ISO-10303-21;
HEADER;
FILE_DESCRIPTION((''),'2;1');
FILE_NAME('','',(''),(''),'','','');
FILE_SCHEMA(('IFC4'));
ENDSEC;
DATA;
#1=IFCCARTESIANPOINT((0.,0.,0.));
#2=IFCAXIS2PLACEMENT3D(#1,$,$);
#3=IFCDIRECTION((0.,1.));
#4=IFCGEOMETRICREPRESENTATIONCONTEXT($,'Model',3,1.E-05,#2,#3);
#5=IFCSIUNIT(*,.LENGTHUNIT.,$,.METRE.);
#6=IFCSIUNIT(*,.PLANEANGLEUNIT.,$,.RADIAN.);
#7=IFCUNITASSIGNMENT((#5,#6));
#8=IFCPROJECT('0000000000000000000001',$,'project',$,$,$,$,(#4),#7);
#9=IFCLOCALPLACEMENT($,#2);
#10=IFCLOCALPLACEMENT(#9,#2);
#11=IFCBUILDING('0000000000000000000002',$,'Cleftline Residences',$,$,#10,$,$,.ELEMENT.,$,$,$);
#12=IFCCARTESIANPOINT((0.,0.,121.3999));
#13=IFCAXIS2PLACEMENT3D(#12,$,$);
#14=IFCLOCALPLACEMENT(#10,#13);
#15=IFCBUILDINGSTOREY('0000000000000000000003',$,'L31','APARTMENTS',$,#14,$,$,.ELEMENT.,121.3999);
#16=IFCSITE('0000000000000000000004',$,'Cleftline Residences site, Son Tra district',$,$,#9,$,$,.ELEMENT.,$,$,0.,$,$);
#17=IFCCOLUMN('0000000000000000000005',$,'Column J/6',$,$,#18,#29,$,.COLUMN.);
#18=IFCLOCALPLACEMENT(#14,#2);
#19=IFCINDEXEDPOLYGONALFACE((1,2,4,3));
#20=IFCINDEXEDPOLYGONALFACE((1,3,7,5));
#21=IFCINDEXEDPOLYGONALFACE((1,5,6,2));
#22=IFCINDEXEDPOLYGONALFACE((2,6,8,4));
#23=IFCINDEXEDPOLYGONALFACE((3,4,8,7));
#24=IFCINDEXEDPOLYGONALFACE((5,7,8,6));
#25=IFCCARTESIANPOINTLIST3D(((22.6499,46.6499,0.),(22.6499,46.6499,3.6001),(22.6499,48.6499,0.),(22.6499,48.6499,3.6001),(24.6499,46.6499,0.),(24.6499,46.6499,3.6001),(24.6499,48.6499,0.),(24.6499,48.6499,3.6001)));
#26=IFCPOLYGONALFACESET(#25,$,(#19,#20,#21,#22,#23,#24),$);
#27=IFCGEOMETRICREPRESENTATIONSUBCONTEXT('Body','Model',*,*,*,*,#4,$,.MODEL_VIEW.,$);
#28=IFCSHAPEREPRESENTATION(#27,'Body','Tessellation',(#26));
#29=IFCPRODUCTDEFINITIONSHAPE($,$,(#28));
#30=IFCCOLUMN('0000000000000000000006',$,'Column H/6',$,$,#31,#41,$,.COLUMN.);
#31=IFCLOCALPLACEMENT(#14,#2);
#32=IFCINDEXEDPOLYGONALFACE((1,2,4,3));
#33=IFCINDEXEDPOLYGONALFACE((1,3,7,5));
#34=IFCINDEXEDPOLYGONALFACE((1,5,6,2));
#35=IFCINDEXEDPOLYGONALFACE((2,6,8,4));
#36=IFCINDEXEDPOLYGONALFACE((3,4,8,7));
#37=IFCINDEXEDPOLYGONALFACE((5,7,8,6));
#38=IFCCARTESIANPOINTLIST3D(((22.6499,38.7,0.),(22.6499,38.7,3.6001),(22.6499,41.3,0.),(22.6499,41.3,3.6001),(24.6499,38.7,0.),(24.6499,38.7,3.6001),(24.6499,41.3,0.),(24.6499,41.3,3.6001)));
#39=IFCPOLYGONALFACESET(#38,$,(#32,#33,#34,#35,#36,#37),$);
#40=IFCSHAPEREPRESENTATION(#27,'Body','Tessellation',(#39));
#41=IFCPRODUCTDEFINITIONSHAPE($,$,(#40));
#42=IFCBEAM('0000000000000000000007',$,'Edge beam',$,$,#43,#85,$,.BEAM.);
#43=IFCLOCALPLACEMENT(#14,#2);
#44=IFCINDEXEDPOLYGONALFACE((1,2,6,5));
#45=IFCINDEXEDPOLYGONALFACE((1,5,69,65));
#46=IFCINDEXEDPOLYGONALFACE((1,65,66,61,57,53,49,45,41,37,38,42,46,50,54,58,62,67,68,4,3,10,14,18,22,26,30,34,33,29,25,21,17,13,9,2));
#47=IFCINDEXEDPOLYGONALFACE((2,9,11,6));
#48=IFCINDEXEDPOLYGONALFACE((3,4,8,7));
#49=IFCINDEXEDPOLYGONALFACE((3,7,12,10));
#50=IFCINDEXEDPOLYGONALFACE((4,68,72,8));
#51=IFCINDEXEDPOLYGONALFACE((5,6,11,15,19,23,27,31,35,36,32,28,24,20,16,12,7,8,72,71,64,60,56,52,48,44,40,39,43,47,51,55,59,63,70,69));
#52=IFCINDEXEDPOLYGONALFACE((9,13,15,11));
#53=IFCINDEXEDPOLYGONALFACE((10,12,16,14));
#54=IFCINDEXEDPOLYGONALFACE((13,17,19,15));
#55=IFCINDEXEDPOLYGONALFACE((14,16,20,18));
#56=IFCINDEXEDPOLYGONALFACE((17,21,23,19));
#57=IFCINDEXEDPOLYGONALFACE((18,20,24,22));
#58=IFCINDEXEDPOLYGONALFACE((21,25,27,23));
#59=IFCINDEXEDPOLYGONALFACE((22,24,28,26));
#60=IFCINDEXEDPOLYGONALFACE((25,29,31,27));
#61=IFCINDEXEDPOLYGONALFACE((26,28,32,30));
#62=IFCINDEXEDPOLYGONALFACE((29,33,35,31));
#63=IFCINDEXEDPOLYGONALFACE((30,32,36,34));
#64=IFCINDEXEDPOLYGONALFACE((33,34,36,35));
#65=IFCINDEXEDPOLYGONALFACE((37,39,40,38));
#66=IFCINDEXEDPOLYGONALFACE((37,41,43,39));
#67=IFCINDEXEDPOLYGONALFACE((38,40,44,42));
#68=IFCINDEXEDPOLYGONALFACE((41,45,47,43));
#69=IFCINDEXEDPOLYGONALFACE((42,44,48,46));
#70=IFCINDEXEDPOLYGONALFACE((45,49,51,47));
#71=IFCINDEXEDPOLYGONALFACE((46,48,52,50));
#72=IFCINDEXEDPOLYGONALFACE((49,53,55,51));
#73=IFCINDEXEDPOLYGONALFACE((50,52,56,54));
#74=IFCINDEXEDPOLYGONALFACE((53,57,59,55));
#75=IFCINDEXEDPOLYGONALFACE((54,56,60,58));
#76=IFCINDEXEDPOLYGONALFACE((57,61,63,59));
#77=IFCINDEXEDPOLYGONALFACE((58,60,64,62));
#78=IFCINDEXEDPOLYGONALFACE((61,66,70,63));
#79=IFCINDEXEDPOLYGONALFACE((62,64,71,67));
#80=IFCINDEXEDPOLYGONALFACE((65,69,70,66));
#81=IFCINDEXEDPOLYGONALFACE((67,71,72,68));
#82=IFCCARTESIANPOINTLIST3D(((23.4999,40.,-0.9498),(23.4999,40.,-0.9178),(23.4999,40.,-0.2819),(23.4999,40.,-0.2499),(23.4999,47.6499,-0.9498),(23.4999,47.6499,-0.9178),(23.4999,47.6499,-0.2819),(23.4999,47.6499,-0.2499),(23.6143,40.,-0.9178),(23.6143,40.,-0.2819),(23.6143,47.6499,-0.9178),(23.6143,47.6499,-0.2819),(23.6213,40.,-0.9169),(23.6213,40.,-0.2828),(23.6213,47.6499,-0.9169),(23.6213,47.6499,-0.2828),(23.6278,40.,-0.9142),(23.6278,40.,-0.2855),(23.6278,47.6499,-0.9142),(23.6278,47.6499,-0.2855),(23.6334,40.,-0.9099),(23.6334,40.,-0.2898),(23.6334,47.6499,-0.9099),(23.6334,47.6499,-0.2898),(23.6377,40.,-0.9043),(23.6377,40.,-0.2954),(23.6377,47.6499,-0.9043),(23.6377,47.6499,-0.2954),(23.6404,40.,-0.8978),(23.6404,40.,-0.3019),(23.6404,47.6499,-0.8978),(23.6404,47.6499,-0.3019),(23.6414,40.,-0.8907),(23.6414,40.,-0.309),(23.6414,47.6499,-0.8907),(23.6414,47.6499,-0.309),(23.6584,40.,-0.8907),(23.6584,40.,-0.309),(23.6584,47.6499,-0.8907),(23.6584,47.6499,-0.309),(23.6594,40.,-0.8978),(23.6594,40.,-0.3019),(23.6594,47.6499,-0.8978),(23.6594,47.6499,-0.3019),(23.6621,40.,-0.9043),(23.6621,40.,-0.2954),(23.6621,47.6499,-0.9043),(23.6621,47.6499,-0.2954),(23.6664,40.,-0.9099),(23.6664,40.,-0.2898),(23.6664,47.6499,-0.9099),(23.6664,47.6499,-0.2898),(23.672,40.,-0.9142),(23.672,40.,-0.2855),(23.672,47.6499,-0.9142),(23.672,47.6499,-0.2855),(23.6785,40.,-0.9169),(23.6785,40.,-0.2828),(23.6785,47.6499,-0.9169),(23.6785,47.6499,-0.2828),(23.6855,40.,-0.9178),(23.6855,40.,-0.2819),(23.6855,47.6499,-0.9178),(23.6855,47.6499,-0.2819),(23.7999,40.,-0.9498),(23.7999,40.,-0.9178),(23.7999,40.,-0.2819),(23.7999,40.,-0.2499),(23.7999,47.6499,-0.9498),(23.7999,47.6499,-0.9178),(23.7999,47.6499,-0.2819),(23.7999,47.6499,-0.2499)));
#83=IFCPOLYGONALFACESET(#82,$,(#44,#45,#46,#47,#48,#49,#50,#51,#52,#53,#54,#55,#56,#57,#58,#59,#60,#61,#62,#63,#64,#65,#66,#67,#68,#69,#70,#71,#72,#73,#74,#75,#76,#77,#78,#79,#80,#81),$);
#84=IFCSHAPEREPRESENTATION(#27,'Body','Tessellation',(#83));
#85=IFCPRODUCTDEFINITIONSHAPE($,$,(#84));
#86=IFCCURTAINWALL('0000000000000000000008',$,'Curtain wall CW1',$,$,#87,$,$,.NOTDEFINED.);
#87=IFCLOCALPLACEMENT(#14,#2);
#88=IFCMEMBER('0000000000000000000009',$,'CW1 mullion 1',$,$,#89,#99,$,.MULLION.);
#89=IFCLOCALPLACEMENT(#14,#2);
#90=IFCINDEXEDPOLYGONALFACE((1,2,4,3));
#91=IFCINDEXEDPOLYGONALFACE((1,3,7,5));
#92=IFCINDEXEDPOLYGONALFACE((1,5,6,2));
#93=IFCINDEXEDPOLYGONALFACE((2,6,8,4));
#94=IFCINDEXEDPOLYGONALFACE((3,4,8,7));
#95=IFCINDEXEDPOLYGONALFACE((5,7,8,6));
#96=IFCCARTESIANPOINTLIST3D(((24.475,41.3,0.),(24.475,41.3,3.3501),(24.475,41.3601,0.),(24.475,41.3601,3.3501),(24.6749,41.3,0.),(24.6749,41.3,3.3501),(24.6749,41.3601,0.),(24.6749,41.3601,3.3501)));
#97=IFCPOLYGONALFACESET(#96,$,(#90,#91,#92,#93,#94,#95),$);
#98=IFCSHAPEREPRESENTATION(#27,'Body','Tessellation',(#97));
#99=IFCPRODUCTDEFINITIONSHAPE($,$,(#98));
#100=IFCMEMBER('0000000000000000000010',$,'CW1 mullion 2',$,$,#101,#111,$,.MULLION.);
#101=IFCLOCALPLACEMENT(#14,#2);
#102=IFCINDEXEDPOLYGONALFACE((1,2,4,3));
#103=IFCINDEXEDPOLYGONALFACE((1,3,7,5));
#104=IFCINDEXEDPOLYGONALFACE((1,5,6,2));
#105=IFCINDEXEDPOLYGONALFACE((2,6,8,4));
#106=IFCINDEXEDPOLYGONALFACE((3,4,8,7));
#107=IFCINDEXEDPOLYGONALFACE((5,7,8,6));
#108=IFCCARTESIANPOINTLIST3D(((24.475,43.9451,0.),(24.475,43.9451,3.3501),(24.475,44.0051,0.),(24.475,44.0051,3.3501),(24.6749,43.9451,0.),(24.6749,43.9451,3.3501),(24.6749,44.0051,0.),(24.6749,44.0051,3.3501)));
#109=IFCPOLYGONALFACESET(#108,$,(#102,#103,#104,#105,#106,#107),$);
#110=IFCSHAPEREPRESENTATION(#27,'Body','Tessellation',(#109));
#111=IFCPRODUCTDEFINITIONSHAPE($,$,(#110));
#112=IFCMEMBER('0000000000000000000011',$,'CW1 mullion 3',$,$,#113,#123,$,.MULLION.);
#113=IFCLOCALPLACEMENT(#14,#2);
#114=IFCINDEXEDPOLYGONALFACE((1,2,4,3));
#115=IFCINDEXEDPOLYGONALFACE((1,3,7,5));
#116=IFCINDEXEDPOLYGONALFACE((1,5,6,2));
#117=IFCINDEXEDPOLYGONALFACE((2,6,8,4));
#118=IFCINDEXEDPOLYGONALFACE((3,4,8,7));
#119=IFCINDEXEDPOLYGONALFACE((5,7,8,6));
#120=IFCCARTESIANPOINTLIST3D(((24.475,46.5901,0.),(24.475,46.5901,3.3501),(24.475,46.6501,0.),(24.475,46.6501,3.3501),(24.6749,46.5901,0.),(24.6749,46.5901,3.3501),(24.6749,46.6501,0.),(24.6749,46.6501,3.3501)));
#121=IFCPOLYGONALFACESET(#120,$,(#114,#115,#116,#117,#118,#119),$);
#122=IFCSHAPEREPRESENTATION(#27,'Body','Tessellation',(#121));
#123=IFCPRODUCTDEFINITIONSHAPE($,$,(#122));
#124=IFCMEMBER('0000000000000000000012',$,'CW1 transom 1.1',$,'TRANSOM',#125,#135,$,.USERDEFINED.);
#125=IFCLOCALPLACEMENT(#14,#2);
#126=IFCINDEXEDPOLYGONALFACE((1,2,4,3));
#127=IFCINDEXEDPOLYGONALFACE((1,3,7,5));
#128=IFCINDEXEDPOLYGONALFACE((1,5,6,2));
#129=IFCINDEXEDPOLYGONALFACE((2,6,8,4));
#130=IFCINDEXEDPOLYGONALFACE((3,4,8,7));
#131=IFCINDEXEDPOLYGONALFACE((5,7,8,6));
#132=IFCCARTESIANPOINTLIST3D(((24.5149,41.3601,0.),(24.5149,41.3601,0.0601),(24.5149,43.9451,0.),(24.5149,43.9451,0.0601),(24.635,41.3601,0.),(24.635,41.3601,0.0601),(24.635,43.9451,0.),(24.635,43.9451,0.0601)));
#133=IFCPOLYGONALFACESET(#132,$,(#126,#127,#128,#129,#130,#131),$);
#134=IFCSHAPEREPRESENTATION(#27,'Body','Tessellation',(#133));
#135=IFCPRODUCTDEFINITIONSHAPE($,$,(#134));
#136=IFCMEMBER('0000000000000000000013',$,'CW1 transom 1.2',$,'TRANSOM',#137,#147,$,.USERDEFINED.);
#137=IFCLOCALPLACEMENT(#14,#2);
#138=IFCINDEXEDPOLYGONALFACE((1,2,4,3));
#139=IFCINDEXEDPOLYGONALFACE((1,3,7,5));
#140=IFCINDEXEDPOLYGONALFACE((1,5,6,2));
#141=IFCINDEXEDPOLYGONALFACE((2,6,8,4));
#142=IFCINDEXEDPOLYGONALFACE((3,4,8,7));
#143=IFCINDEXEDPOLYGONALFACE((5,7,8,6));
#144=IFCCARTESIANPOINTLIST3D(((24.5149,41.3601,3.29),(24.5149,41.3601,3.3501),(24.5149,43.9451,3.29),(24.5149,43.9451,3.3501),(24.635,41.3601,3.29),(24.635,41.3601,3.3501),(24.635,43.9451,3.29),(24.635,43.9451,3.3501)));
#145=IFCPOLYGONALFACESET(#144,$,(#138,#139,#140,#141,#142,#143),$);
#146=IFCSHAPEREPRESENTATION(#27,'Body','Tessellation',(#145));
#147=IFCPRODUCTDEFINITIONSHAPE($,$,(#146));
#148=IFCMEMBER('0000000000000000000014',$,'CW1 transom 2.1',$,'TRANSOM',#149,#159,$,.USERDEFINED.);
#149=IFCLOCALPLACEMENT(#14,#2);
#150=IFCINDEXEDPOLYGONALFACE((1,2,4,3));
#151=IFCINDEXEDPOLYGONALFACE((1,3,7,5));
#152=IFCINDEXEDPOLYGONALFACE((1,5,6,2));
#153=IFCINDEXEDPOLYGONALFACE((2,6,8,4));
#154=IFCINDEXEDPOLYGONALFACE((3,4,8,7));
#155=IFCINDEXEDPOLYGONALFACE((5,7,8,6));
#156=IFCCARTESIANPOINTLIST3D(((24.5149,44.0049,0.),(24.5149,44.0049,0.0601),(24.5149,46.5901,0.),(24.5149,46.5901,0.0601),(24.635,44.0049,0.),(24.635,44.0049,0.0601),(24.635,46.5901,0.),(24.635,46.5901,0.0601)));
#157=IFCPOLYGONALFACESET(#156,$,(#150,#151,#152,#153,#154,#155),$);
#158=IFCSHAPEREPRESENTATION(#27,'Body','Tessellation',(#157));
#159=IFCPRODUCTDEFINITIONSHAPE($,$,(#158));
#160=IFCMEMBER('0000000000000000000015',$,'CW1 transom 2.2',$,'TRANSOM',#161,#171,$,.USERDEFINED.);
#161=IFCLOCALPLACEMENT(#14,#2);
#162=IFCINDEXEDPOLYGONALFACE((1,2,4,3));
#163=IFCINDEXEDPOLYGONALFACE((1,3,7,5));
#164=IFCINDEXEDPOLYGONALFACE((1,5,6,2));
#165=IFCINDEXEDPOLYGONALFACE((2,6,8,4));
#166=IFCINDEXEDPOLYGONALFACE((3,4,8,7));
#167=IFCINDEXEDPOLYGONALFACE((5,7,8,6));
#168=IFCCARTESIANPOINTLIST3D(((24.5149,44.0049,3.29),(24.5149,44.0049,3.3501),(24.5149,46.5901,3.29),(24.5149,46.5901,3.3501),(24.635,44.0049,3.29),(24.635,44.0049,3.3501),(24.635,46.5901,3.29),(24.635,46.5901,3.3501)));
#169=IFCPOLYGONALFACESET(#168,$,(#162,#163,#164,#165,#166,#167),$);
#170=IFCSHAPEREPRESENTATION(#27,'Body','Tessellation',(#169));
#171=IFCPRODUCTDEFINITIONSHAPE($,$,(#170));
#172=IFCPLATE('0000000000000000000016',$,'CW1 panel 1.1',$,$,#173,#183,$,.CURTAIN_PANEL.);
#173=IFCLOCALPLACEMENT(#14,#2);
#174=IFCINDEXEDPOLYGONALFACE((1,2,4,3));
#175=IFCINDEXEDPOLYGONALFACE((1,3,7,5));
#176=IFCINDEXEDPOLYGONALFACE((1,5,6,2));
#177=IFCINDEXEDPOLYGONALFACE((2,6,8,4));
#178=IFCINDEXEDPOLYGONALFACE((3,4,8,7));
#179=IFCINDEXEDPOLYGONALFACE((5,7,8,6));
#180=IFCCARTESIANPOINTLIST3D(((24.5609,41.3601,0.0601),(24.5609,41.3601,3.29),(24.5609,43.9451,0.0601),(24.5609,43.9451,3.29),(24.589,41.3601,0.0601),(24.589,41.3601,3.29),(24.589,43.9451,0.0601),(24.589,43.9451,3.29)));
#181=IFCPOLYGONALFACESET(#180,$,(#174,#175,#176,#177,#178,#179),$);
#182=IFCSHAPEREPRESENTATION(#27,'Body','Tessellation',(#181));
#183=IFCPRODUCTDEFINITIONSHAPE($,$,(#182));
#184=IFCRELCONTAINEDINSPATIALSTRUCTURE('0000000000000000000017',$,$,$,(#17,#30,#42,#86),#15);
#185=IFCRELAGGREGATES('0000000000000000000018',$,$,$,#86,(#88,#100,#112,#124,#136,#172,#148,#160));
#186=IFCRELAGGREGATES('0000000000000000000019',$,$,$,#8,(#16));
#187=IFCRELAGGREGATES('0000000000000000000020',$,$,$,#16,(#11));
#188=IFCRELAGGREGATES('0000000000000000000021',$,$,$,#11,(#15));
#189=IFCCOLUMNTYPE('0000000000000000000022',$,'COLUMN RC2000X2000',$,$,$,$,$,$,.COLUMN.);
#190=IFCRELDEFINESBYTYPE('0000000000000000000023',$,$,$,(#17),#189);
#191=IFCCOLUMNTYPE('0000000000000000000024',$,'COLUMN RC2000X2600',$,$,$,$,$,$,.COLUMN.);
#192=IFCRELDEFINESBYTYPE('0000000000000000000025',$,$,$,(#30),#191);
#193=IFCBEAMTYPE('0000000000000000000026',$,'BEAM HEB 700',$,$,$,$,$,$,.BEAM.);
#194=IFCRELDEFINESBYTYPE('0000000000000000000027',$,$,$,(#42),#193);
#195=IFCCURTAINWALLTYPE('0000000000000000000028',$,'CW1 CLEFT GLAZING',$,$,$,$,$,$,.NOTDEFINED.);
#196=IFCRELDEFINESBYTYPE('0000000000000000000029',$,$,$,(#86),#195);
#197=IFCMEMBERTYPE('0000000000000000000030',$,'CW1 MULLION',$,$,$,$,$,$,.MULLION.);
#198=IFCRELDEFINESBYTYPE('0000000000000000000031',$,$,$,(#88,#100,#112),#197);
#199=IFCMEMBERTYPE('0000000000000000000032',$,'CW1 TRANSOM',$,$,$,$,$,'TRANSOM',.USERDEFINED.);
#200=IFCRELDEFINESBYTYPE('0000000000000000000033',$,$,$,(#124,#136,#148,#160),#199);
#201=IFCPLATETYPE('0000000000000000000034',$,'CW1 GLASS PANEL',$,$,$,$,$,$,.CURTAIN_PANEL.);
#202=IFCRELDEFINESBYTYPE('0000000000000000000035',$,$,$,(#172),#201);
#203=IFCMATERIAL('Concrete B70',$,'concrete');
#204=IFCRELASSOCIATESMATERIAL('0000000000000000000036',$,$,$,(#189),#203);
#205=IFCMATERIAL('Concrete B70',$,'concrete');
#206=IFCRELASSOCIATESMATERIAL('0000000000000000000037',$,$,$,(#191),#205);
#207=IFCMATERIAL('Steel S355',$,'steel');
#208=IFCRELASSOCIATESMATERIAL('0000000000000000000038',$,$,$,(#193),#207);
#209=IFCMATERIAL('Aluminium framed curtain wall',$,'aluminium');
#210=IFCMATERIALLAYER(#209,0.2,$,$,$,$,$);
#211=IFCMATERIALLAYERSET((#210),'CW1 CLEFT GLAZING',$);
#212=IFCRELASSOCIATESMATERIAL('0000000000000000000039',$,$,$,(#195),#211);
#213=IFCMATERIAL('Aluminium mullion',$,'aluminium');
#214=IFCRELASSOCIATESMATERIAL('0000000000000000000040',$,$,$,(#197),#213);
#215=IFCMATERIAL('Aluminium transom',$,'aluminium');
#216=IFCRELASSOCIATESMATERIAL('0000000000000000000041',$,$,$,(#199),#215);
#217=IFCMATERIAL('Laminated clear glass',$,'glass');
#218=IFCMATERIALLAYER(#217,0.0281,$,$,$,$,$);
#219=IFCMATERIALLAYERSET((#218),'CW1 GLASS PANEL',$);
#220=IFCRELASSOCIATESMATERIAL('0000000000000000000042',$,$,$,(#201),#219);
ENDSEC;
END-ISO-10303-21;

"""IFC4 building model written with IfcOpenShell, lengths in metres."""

from ifc_helpers import new_model, si_unit, direction, frame, origin, origin_2d, place, context, subcontext, project, spatial, rectangle, i_section, extrude, material, layer, layer_set, material_profile, profile_set, type_object, element, aggregate, save


model = new_model("IFC4")

# Units and contexts
model_context = context("Model", 3, precision=1e-05, world=origin(), true_north=direction((0.0, 1.0)))
body_context = subcontext(model_context, "Body", "Model", "MODEL_VIEW")
ifc_project = project(units=[si_unit("LENGTHUNIT", "METRE"), si_unit("PLANEANGLEUNIT", "RADIAN")], contexts=[model_context])

# Site, building, storey
site_placement = place(None, origin())
site = spatial("IfcSite", under=ifc_project, at=site_placement, Name="Cleftline Residences site, Son Tra district", CompositionType="ELEMENT", RefElevation=0.0)
building_placement = place(site_placement, origin())
building = spatial("IfcBuilding", under=site, at=building_placement, Name="Cleftline Residences", CompositionType="ELEMENT")
storey_placement = place(building_placement, frame((0.0, 0.0, 121.3999)))
storey = spatial("IfcBuildingStorey", under=building, at=storey_placement, Name="L31", Description="APARTMENTS", CompositionType="ELEMENT", Elevation=121.3999)

# Columns
ifc_material_1 = material(Name="Concrete B70", Category="concrete")
ifc_material_profile_1 = material_profile(ifc_material_1, rectangle(XDim=2.0, YDim=2.0, at=origin_2d()))
ifc_profile_set_1 = profile_set([ifc_material_profile_1], Name="Concrete B70")
column_type_1 = type_object("IfcColumnType", Name="COLUMN RC2000X2000", PredefinedType="COLUMN", material=ifc_profile_set_1)
column_1_placement = place(storey_placement, frame((23.6499, 47.6499, 0.0), z_axis=(0.0, 0.0, 1.0), x_axis=(1.0, 0.0, 0.0)))
element("IfcColumn", 1, at=column_1_placement, inside=storey, type_object=column_type_1, Name="Column J/6", PredefinedType="COLUMN", context=body_context, shape_type="SweptSolid", body=[
    extrude(rectangle(XDim=2.0, YDim=2.0, at=origin_2d()), origin(), (0.0, 0.0, 1.0), 3.6001),
])
ifc_material_2 = material(Name="Concrete B70", Category="concrete")
ifc_material_profile_2 = material_profile(ifc_material_2, rectangle(XDim=2.0, YDim=2.6001, at=origin_2d()))
ifc_profile_set_2 = profile_set([ifc_material_profile_2], Name="Concrete B70")
column_type_2 = type_object("IfcColumnType", Name="COLUMN RC2000X2600", PredefinedType="COLUMN", material=ifc_profile_set_2)
column_2_placement = place(storey_placement, frame((23.6499, 40.0, 0.0), z_axis=(0.0, 0.0, 1.0), x_axis=(1.0, 0.0, 0.0)))
element("IfcColumn", 2, at=column_2_placement, inside=storey, type_object=column_type_2, Name="Column H/6", PredefinedType="COLUMN", context=body_context, shape_type="SweptSolid", body=[
    extrude(rectangle(XDim=2.0, YDim=2.6001, at=origin_2d()), origin(), (0.0, 0.0, 1.0), 3.6001),
])

# Beam
ifc_material_3 = material(Name="Steel S355", Category="steel")
ifc_material_profile_3 = material_profile(ifc_material_3, i_section(OverallWidth=0.3, OverallDepth=0.7, WebThickness=0.0171, FlangeThickness=0.032, FilletRadius=0.0271, at=origin_2d()))
ifc_profile_set_3 = profile_set([ifc_material_profile_3], Name="Steel S355")
beam_type = type_object("IfcBeamType", Name="BEAM HEB 700", PredefinedType="BEAM", material=ifc_profile_set_3)
beam_placement = place(storey_placement, frame((23.6499, 47.6499, -0.5999), z_axis=(0.0, -1.0, 0.0), x_axis=(1.0, 0.0, 0.0)))
element("IfcBeam", 3, at=beam_placement, inside=storey, type_object=beam_type, Name="Edge beam", PredefinedType="BEAM", context=body_context, shape_type="SweptSolid", body=[
    extrude(i_section(OverallWidth=0.3, OverallDepth=0.7, WebThickness=0.0171, FlangeThickness=0.032, FilletRadius=0.0271, at=origin_2d()), origin(), (0.0, 0.0, 1.0), 7.6499),
])

# Curtain wall, members, plate
ifc_material_4 = material(Name="Aluminium framed curtain wall", Category="aluminium")
ifc_layer_1 = layer(ifc_material_4, 0.2)
ifc_layer_set_1 = layer_set([ifc_layer_1], Name="CW1 CLEFT GLAZING")
curtain_wall_type = type_object("IfcCurtainWallType", Name="CW1 CLEFT GLAZING", PredefinedType="NOTDEFINED", material=ifc_layer_set_1)
curtain_wall_placement = place(storey_placement, origin())
curtain_wall = element("IfcCurtainWall", 4, at=curtain_wall_placement, inside=storey, type_object=curtain_wall_type, Name="Curtain wall CW1", PredefinedType="NOTDEFINED")
ifc_material_5 = material(Name="Aluminium mullion", Category="aluminium")
ifc_material_profile_4 = material_profile(ifc_material_5, rectangle(XDim=0.2, YDim=0.0601, at=origin_2d()))
ifc_profile_set_4 = profile_set([ifc_material_profile_4], Name="Aluminium mullion")
member_type_1 = type_object("IfcMemberType", Name="CW1 MULLION", PredefinedType="MULLION", material=ifc_profile_set_4)
member_1_placement = place(storey_placement, frame((24.575, 41.3301, 0.0), z_axis=(0.0, 0.0, 1.0), x_axis=(-1.0, 0.0, 0.0)))
member_1 = element("IfcMember", 5, at=member_1_placement, type_object=member_type_1, Name="CW1 mullion 1", PredefinedType="MULLION", context=body_context, shape_type="SweptSolid", body=[
    extrude(rectangle(XDim=0.2, YDim=0.0601, at=origin_2d()), origin(), (0.0, 0.0, 1.0), 3.3501),
])
member_2_placement = place(storey_placement, frame((24.575, 43.9751, 0.0), z_axis=(0.0, 0.0, 1.0), x_axis=(-1.0, 0.0, 0.0)))
member_2 = element("IfcMember", 6, at=member_2_placement, type_object=member_type_1, Name="CW1 mullion 2", PredefinedType="MULLION", context=body_context, shape_type="SweptSolid", body=[
    extrude(rectangle(XDim=0.2, YDim=0.0601, at=origin_2d()), origin(), (0.0, 0.0, 1.0), 3.3501),
])
member_3_placement = place(storey_placement, frame((24.575, 46.6201, 0.0), z_axis=(0.0, 0.0, 1.0), x_axis=(-1.0, 0.0, 0.0)))
member_3 = element("IfcMember", 7, at=member_3_placement, type_object=member_type_1, Name="CW1 mullion 3", PredefinedType="MULLION", context=body_context, shape_type="SweptSolid", body=[
    extrude(rectangle(XDim=0.2, YDim=0.0601, at=origin_2d()), origin(), (0.0, 0.0, 1.0), 3.3501),
])
ifc_material_6 = material(Name="Aluminium transom", Category="aluminium")
ifc_material_profile_5 = material_profile(ifc_material_6, rectangle(XDim=0.1201, YDim=0.0601, at=origin_2d()))
ifc_profile_set_5 = profile_set([ifc_material_profile_5], Name="Aluminium transom")
member_type_2 = type_object("IfcMemberType", Name="CW1 TRANSOM", ElementType="TRANSOM", PredefinedType="USERDEFINED", material=ifc_profile_set_5)
member_4_placement = place(storey_placement, frame((24.575, 41.3601, 0.03), z_axis=(0.0, 1.0, 0.0), x_axis=(-1.0, 0.0, 0.0)))
member_4 = element("IfcMember", 8, at=member_4_placement, type_object=member_type_2, Name="CW1 transom 1.1", ObjectType="TRANSOM", PredefinedType="USERDEFINED", context=body_context, shape_type="SweptSolid", body=[
    extrude(rectangle(XDim=0.1201, YDim=0.0601, at=origin_2d()), origin(), (0.0, 0.0, 1.0), 2.585),
])
member_5_placement = place(storey_placement, frame((24.575, 41.3601, 3.3201), z_axis=(0.0, 1.0, 0.0), x_axis=(-1.0, 0.0, 0.0)))
member_5 = element("IfcMember", 9, at=member_5_placement, type_object=member_type_2, Name="CW1 transom 1.2", ObjectType="TRANSOM", PredefinedType="USERDEFINED", context=body_context, shape_type="SweptSolid", body=[
    extrude(rectangle(XDim=0.1201, YDim=0.0601, at=origin_2d()), origin(), (0.0, 0.0, 1.0), 2.585),
])
member_6_placement = place(storey_placement, frame((24.575, 44.0049, 0.03), z_axis=(0.0, 1.0, 0.0), x_axis=(-1.0, 0.0, 0.0)))
member_6 = element("IfcMember", 10, at=member_6_placement, type_object=member_type_2, Name="CW1 transom 2.1", ObjectType="TRANSOM", PredefinedType="USERDEFINED", context=body_context, shape_type="SweptSolid", body=[
    extrude(rectangle(XDim=0.1201, YDim=0.0601, at=origin_2d()), origin(), (0.0, 0.0, 1.0), 2.5852),
])
member_7_placement = place(storey_placement, frame((24.575, 44.0049, 3.3201), z_axis=(0.0, 1.0, 0.0), x_axis=(-1.0, 0.0, 0.0)))
member_7 = element("IfcMember", 11, at=member_7_placement, type_object=member_type_2, Name="CW1 transom 2.2", ObjectType="TRANSOM", PredefinedType="USERDEFINED", context=body_context, shape_type="SweptSolid", body=[
    extrude(rectangle(XDim=0.1201, YDim=0.0601, at=origin_2d()), origin(), (0.0, 0.0, 1.0), 2.5852),
])
ifc_material_7 = material(Name="Laminated clear glass", Category="glass")
ifc_layer_2 = layer(ifc_material_7, 0.0281)
ifc_layer_set_2 = layer_set([ifc_layer_2], Name="CW1 GLASS PANEL")
plate_type = type_object("IfcPlateType", Name="CW1 GLASS PANEL", PredefinedType="CURTAIN_PANEL", material=ifc_layer_set_2)
plate_1_placement = place(storey_placement, frame((24.575, 42.6526, 0.0601), z_axis=(0.0, 0.0, 1.0), x_axis=(0.0, 1.0, 0.0)))
plate_1 = element("IfcPlate", 12, at=plate_1_placement, type_object=plate_type, Name="CW1 panel 1.1", PredefinedType="CURTAIN_PANEL", context=body_context, shape_type="SweptSolid", body=[
    extrude(rectangle(XDim=2.585, YDim=0.0281, at=origin_2d()), origin(), (0.0, 0.0, 1.0), 3.23),
])
aggregate(curtain_wall, [member_1, member_2, member_3, member_4, member_5, plate_1, member_6, member_7])

save(model, "model.ifc")
